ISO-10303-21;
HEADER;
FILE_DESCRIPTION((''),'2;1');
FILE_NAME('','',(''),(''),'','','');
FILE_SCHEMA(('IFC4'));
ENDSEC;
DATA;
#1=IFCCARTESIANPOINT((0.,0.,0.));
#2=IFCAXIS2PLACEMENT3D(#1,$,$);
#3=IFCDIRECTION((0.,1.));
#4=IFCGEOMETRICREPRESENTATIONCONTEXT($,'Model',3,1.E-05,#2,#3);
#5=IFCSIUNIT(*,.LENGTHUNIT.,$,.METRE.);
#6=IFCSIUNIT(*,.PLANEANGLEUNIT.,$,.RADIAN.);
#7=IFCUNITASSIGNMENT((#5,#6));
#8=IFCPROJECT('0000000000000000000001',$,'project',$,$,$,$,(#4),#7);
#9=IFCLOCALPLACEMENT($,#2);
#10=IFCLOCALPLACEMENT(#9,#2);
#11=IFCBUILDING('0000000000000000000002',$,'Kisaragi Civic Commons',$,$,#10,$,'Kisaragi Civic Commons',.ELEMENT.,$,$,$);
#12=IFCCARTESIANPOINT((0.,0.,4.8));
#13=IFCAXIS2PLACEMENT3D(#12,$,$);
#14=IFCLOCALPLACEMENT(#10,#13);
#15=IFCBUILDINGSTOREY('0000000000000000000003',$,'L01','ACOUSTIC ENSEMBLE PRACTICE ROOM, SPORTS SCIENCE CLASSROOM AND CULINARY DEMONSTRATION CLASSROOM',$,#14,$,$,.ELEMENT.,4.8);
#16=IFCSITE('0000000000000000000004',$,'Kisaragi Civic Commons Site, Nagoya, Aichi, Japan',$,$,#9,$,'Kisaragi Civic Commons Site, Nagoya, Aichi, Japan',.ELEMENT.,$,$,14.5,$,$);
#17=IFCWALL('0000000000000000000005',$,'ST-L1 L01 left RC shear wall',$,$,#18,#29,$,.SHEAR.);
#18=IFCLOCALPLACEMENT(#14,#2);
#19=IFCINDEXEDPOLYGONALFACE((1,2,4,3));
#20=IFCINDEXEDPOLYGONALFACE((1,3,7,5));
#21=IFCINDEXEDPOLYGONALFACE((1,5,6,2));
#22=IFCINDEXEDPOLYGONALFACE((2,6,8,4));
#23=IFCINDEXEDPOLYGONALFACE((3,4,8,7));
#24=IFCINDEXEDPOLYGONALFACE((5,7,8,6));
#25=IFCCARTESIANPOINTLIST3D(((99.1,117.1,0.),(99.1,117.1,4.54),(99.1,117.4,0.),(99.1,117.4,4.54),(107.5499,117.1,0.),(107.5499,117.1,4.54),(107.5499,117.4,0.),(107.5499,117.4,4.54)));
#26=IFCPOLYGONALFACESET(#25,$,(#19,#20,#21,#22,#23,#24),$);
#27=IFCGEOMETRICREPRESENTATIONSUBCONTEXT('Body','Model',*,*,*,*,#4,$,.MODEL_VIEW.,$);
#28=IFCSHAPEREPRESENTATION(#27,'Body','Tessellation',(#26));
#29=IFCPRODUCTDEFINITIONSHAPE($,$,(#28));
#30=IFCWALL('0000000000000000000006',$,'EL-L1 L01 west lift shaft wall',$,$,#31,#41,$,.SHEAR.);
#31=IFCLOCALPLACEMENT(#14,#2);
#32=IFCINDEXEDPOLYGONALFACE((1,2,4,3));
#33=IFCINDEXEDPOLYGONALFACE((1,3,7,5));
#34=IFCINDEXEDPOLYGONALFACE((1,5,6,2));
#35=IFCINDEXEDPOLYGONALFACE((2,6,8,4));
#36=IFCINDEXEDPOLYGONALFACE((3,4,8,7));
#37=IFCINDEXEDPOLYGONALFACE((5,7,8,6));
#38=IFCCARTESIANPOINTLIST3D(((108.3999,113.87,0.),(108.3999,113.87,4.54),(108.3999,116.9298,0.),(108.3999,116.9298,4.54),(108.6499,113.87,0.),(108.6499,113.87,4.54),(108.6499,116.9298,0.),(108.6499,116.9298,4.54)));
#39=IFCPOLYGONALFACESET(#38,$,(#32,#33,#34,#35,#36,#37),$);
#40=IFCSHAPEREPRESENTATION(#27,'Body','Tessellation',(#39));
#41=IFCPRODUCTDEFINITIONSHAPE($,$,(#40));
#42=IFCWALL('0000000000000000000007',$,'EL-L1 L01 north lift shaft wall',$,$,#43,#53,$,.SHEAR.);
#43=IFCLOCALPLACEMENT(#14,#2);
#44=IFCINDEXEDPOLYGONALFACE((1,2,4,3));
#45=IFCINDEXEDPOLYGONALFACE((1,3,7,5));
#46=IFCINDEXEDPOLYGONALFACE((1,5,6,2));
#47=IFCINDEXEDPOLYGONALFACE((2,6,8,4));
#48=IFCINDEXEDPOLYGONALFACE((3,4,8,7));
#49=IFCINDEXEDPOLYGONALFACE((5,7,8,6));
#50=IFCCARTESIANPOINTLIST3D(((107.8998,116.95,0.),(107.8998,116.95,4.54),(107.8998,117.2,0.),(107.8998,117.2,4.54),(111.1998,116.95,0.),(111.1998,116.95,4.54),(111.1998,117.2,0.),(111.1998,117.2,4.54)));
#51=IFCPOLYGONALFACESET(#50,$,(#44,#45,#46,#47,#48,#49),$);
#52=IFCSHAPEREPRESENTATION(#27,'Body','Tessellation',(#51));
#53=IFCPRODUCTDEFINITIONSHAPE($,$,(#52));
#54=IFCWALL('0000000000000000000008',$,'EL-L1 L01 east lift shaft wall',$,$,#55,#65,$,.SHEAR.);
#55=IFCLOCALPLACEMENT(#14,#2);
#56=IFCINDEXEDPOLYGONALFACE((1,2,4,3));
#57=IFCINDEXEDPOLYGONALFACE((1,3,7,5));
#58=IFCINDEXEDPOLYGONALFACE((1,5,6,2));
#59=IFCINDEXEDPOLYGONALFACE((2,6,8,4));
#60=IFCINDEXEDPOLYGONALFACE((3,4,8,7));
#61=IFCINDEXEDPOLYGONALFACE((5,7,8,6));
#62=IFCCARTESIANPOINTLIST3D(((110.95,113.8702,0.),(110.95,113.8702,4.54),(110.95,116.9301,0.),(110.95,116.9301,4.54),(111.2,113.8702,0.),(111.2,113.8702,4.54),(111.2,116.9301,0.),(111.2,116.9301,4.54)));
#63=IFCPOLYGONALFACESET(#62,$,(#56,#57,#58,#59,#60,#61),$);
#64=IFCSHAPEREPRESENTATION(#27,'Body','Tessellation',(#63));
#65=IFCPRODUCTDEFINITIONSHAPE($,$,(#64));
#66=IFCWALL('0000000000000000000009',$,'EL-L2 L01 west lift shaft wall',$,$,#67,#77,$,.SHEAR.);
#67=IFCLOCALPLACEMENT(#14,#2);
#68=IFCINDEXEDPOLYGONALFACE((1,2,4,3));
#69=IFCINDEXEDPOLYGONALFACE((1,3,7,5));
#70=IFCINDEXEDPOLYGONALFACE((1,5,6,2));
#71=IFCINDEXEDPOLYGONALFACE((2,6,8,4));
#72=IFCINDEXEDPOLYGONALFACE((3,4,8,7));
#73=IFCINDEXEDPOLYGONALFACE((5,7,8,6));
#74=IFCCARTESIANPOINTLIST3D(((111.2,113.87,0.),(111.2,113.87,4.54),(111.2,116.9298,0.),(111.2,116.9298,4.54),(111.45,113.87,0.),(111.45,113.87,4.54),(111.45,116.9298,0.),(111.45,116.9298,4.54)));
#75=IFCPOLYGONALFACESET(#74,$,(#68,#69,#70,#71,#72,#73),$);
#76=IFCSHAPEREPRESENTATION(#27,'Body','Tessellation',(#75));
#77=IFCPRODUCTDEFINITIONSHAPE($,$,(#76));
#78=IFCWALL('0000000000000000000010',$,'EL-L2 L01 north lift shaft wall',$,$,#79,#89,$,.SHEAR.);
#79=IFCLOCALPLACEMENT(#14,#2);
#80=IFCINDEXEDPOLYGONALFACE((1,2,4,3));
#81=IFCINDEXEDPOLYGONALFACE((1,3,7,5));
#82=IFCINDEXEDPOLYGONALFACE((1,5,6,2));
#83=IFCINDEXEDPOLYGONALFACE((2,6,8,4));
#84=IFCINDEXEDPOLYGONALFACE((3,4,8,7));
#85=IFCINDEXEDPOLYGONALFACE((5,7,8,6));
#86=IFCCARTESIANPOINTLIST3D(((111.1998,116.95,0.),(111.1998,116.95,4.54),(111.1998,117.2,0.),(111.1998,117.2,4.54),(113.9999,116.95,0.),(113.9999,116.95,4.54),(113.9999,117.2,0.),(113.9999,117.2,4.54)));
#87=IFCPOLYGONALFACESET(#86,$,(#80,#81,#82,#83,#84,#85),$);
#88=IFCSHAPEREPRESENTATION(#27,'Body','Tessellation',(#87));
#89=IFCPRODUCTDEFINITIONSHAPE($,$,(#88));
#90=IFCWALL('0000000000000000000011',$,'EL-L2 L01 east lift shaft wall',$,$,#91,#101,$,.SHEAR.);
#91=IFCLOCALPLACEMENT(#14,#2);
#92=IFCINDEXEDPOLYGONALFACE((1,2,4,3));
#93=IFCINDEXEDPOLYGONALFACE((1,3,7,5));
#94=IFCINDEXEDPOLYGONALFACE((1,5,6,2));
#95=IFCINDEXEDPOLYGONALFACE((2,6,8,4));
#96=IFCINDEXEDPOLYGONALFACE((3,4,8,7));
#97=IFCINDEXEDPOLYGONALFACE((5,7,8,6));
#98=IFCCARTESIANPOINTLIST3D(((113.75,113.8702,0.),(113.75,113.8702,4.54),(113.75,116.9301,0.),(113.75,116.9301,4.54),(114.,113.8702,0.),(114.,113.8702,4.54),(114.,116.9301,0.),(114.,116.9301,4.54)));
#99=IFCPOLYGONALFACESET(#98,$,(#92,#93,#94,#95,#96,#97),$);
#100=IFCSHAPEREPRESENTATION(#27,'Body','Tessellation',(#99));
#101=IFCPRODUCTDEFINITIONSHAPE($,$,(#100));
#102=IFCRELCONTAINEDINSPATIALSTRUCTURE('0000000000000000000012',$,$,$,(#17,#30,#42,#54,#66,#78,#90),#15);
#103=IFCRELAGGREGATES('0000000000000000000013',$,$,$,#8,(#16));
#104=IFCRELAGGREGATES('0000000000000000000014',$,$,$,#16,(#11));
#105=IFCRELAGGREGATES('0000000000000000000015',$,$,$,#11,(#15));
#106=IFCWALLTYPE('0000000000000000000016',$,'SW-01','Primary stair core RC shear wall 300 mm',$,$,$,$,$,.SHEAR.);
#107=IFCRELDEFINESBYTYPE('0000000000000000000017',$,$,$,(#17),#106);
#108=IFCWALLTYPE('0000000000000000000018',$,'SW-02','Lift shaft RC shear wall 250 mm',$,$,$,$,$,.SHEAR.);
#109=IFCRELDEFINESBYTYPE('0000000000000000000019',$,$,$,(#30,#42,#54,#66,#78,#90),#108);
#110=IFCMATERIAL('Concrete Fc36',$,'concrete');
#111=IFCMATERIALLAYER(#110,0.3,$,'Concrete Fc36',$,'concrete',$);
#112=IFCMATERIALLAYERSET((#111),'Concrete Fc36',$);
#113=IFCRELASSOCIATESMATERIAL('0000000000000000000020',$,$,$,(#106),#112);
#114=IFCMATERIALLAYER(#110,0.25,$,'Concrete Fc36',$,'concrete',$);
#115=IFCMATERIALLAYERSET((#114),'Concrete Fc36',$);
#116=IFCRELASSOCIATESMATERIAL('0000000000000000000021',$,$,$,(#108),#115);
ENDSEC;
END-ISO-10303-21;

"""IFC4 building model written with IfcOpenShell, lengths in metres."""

from ifc_helpers import new_model, si_unit, direction, frame, frame_2d, origin, place, context, subcontext, project, spatial, rectangle, extrude, material, layer, layer_set, type_object, element, save


model = new_model("IFC4")

# Units and contexts
model_context = context("Model", 3, precision=1e-05, world=origin(), true_north=direction((0.0, 1.0)))
body_context = subcontext(model_context, "Body", "Model", "MODEL_VIEW")
ifc_project = project(units=[si_unit("LENGTHUNIT", "METRE"), si_unit("PLANEANGLEUNIT", "RADIAN")], contexts=[model_context])

# Site, building, storey
site_placement = place(None, origin())
site = spatial("IfcSite", under=ifc_project, at=site_placement, Name="Kisaragi Civic Commons Site, Nagoya, Aichi, Japan", LongName="Kisaragi Civic Commons Site, Nagoya, Aichi, Japan", CompositionType="ELEMENT", RefElevation=14.5)
building_placement = place(site_placement, origin())
building = spatial("IfcBuilding", under=site, at=building_placement, Name="Kisaragi Civic Commons", LongName="Kisaragi Civic Commons", CompositionType="ELEMENT")
storey_placement = place(building_placement, frame((0.0, 0.0, 4.8)))
storey = spatial("IfcBuildingStorey", under=building, at=storey_placement, Name="L01", Description="ACOUSTIC ENSEMBLE PRACTICE ROOM, SPORTS SCIENCE CLASSROOM AND CULINARY DEMONSTRATION CLASSROOM", CompositionType="ELEMENT", Elevation=4.8)

# Shared definitions
ifc_material_1 = material(Name="Concrete Fc36", Category="concrete")

# Wall
ifc_layer_1 = layer(ifc_material_1, 0.3, Name="Concrete Fc36", Category="concrete")
ifc_layer_set_1 = layer_set([ifc_layer_1], Name="Concrete Fc36")
wall_type_1 = type_object("IfcWallType", Name="SW-01", Description="Primary stair core RC shear wall 300 mm", PredefinedType="SHEAR", material=ifc_layer_set_1)
wall_1_placement = place(storey_placement, frame((107.55, 117.25, 0.0), z_axis=(0.0, 0.0, 1.0), x_axis=(-1.0, 0.0, 0.0)))
element("IfcWall", 1, at=wall_1_placement, inside=storey, type_object=wall_type_1, Name="ST-L1 L01 left RC shear wall", PredefinedType="SHEAR", context=body_context, shape_type="SweptSolid", body=[
    extrude(rectangle(XDim=8.45, YDim=0.3, at=frame_2d((4.2251, 0.0))), origin(), (0.0, 0.0, 1.0), 4.54),
])

# Shared definitions
ifc_layer_2 = layer(ifc_material_1, 0.25, Name="Concrete Fc36", Category="concrete")
ifc_layer_set_2 = layer_set([ifc_layer_2], Name="Concrete Fc36")
wall_type_2 = type_object("IfcWallType", Name="SW-02", Description="Lift shaft RC shear wall 250 mm", PredefinedType="SHEAR", material=ifc_layer_set_2)

# Walls
wall_2_placement = place(storey_placement, frame((108.5249, 113.8701, 0.0), z_axis=(0.0, 0.0, 1.0), x_axis=(0.0, 1.0, 0.0)))
element("IfcWall", 2, at=wall_2_placement, inside=storey, type_object=wall_type_2, Name="EL-L1 L01 west lift shaft wall", PredefinedType="SHEAR", context=body_context, shape_type="SweptSolid", body=[
    extrude(rectangle(XDim=3.0598, YDim=0.25, at=frame_2d((1.5298, 0.0))), origin(), (0.0, 0.0, 1.0), 4.54),
])
wall_3_placement = place(storey_placement, frame((107.8999, 117.075, 0.0), z_axis=(0.0, 0.0, 1.0), x_axis=(1.0, 0.0, 0.0)))
element("IfcWall", 3, at=wall_3_placement, inside=storey, type_object=wall_type_2, Name="EL-L1 L01 north lift shaft wall", PredefinedType="SHEAR", context=body_context, shape_type="SweptSolid", body=[
    extrude(rectangle(XDim=3.3, YDim=0.25, at=frame_2d((1.6499, 0.0))), origin(), (0.0, 0.0, 1.0), 4.54),
])
wall_4_placement = place(storey_placement, frame((111.075, 116.9299, 0.0), z_axis=(0.0, 0.0, 1.0), x_axis=(0.0, -1.0, 0.0)))
element("IfcWall", 4, at=wall_4_placement, inside=storey, type_object=wall_type_2, Name="EL-L1 L01 east lift shaft wall", PredefinedType="SHEAR", context=body_context, shape_type="SweptSolid", body=[
    extrude(rectangle(XDim=3.0598, YDim=0.25, at=frame_2d((1.5298, 0.0))), origin(), (0.0, 0.0, 1.0), 4.54),
])

# Walls
wall_5_placement = place(storey_placement, frame((111.325, 113.8701, 0.0), z_axis=(0.0, 0.0, 1.0), x_axis=(0.0, 1.0, 0.0)))
element("IfcWall", 5, at=wall_5_placement, inside=storey, type_object=wall_type_2, Name="EL-L2 L01 west lift shaft wall", PredefinedType="SHEAR", context=body_context, shape_type="SweptSolid", body=[
    extrude(rectangle(XDim=3.0598, YDim=0.25, at=frame_2d((1.5298, 0.0))), origin(), (0.0, 0.0, 1.0), 4.54),
])
wall_6_placement = place(storey_placement, frame((111.2, 117.075, 0.0), z_axis=(0.0, 0.0, 1.0), x_axis=(1.0, 0.0, 0.0)))
element("IfcWall", 6, at=wall_6_placement, inside=storey, type_object=wall_type_2, Name="EL-L2 L01 north lift shaft wall", PredefinedType="SHEAR", context=body_context, shape_type="SweptSolid", body=[
    extrude(rectangle(XDim=2.8, YDim=0.25, at=frame_2d((1.3999, 0.0))), origin(), (0.0, 0.0, 1.0), 4.54),
])
wall_7_placement = place(storey_placement, frame((113.875, 116.9299, 0.0), z_axis=(0.0, 0.0, 1.0), x_axis=(0.0, -1.0, 0.0)))
element("IfcWall", 7, at=wall_7_placement, inside=storey, type_object=wall_type_2, Name="EL-L2 L01 east lift shaft wall", PredefinedType="SHEAR", context=body_context, shape_type="SweptSolid", body=[
    extrude(rectangle(XDim=3.0598, YDim=0.25, at=frame_2d((1.5298, 0.0))), origin(), (0.0, 0.0, 1.0), 4.54),
])

save(model, "model.ifc")
